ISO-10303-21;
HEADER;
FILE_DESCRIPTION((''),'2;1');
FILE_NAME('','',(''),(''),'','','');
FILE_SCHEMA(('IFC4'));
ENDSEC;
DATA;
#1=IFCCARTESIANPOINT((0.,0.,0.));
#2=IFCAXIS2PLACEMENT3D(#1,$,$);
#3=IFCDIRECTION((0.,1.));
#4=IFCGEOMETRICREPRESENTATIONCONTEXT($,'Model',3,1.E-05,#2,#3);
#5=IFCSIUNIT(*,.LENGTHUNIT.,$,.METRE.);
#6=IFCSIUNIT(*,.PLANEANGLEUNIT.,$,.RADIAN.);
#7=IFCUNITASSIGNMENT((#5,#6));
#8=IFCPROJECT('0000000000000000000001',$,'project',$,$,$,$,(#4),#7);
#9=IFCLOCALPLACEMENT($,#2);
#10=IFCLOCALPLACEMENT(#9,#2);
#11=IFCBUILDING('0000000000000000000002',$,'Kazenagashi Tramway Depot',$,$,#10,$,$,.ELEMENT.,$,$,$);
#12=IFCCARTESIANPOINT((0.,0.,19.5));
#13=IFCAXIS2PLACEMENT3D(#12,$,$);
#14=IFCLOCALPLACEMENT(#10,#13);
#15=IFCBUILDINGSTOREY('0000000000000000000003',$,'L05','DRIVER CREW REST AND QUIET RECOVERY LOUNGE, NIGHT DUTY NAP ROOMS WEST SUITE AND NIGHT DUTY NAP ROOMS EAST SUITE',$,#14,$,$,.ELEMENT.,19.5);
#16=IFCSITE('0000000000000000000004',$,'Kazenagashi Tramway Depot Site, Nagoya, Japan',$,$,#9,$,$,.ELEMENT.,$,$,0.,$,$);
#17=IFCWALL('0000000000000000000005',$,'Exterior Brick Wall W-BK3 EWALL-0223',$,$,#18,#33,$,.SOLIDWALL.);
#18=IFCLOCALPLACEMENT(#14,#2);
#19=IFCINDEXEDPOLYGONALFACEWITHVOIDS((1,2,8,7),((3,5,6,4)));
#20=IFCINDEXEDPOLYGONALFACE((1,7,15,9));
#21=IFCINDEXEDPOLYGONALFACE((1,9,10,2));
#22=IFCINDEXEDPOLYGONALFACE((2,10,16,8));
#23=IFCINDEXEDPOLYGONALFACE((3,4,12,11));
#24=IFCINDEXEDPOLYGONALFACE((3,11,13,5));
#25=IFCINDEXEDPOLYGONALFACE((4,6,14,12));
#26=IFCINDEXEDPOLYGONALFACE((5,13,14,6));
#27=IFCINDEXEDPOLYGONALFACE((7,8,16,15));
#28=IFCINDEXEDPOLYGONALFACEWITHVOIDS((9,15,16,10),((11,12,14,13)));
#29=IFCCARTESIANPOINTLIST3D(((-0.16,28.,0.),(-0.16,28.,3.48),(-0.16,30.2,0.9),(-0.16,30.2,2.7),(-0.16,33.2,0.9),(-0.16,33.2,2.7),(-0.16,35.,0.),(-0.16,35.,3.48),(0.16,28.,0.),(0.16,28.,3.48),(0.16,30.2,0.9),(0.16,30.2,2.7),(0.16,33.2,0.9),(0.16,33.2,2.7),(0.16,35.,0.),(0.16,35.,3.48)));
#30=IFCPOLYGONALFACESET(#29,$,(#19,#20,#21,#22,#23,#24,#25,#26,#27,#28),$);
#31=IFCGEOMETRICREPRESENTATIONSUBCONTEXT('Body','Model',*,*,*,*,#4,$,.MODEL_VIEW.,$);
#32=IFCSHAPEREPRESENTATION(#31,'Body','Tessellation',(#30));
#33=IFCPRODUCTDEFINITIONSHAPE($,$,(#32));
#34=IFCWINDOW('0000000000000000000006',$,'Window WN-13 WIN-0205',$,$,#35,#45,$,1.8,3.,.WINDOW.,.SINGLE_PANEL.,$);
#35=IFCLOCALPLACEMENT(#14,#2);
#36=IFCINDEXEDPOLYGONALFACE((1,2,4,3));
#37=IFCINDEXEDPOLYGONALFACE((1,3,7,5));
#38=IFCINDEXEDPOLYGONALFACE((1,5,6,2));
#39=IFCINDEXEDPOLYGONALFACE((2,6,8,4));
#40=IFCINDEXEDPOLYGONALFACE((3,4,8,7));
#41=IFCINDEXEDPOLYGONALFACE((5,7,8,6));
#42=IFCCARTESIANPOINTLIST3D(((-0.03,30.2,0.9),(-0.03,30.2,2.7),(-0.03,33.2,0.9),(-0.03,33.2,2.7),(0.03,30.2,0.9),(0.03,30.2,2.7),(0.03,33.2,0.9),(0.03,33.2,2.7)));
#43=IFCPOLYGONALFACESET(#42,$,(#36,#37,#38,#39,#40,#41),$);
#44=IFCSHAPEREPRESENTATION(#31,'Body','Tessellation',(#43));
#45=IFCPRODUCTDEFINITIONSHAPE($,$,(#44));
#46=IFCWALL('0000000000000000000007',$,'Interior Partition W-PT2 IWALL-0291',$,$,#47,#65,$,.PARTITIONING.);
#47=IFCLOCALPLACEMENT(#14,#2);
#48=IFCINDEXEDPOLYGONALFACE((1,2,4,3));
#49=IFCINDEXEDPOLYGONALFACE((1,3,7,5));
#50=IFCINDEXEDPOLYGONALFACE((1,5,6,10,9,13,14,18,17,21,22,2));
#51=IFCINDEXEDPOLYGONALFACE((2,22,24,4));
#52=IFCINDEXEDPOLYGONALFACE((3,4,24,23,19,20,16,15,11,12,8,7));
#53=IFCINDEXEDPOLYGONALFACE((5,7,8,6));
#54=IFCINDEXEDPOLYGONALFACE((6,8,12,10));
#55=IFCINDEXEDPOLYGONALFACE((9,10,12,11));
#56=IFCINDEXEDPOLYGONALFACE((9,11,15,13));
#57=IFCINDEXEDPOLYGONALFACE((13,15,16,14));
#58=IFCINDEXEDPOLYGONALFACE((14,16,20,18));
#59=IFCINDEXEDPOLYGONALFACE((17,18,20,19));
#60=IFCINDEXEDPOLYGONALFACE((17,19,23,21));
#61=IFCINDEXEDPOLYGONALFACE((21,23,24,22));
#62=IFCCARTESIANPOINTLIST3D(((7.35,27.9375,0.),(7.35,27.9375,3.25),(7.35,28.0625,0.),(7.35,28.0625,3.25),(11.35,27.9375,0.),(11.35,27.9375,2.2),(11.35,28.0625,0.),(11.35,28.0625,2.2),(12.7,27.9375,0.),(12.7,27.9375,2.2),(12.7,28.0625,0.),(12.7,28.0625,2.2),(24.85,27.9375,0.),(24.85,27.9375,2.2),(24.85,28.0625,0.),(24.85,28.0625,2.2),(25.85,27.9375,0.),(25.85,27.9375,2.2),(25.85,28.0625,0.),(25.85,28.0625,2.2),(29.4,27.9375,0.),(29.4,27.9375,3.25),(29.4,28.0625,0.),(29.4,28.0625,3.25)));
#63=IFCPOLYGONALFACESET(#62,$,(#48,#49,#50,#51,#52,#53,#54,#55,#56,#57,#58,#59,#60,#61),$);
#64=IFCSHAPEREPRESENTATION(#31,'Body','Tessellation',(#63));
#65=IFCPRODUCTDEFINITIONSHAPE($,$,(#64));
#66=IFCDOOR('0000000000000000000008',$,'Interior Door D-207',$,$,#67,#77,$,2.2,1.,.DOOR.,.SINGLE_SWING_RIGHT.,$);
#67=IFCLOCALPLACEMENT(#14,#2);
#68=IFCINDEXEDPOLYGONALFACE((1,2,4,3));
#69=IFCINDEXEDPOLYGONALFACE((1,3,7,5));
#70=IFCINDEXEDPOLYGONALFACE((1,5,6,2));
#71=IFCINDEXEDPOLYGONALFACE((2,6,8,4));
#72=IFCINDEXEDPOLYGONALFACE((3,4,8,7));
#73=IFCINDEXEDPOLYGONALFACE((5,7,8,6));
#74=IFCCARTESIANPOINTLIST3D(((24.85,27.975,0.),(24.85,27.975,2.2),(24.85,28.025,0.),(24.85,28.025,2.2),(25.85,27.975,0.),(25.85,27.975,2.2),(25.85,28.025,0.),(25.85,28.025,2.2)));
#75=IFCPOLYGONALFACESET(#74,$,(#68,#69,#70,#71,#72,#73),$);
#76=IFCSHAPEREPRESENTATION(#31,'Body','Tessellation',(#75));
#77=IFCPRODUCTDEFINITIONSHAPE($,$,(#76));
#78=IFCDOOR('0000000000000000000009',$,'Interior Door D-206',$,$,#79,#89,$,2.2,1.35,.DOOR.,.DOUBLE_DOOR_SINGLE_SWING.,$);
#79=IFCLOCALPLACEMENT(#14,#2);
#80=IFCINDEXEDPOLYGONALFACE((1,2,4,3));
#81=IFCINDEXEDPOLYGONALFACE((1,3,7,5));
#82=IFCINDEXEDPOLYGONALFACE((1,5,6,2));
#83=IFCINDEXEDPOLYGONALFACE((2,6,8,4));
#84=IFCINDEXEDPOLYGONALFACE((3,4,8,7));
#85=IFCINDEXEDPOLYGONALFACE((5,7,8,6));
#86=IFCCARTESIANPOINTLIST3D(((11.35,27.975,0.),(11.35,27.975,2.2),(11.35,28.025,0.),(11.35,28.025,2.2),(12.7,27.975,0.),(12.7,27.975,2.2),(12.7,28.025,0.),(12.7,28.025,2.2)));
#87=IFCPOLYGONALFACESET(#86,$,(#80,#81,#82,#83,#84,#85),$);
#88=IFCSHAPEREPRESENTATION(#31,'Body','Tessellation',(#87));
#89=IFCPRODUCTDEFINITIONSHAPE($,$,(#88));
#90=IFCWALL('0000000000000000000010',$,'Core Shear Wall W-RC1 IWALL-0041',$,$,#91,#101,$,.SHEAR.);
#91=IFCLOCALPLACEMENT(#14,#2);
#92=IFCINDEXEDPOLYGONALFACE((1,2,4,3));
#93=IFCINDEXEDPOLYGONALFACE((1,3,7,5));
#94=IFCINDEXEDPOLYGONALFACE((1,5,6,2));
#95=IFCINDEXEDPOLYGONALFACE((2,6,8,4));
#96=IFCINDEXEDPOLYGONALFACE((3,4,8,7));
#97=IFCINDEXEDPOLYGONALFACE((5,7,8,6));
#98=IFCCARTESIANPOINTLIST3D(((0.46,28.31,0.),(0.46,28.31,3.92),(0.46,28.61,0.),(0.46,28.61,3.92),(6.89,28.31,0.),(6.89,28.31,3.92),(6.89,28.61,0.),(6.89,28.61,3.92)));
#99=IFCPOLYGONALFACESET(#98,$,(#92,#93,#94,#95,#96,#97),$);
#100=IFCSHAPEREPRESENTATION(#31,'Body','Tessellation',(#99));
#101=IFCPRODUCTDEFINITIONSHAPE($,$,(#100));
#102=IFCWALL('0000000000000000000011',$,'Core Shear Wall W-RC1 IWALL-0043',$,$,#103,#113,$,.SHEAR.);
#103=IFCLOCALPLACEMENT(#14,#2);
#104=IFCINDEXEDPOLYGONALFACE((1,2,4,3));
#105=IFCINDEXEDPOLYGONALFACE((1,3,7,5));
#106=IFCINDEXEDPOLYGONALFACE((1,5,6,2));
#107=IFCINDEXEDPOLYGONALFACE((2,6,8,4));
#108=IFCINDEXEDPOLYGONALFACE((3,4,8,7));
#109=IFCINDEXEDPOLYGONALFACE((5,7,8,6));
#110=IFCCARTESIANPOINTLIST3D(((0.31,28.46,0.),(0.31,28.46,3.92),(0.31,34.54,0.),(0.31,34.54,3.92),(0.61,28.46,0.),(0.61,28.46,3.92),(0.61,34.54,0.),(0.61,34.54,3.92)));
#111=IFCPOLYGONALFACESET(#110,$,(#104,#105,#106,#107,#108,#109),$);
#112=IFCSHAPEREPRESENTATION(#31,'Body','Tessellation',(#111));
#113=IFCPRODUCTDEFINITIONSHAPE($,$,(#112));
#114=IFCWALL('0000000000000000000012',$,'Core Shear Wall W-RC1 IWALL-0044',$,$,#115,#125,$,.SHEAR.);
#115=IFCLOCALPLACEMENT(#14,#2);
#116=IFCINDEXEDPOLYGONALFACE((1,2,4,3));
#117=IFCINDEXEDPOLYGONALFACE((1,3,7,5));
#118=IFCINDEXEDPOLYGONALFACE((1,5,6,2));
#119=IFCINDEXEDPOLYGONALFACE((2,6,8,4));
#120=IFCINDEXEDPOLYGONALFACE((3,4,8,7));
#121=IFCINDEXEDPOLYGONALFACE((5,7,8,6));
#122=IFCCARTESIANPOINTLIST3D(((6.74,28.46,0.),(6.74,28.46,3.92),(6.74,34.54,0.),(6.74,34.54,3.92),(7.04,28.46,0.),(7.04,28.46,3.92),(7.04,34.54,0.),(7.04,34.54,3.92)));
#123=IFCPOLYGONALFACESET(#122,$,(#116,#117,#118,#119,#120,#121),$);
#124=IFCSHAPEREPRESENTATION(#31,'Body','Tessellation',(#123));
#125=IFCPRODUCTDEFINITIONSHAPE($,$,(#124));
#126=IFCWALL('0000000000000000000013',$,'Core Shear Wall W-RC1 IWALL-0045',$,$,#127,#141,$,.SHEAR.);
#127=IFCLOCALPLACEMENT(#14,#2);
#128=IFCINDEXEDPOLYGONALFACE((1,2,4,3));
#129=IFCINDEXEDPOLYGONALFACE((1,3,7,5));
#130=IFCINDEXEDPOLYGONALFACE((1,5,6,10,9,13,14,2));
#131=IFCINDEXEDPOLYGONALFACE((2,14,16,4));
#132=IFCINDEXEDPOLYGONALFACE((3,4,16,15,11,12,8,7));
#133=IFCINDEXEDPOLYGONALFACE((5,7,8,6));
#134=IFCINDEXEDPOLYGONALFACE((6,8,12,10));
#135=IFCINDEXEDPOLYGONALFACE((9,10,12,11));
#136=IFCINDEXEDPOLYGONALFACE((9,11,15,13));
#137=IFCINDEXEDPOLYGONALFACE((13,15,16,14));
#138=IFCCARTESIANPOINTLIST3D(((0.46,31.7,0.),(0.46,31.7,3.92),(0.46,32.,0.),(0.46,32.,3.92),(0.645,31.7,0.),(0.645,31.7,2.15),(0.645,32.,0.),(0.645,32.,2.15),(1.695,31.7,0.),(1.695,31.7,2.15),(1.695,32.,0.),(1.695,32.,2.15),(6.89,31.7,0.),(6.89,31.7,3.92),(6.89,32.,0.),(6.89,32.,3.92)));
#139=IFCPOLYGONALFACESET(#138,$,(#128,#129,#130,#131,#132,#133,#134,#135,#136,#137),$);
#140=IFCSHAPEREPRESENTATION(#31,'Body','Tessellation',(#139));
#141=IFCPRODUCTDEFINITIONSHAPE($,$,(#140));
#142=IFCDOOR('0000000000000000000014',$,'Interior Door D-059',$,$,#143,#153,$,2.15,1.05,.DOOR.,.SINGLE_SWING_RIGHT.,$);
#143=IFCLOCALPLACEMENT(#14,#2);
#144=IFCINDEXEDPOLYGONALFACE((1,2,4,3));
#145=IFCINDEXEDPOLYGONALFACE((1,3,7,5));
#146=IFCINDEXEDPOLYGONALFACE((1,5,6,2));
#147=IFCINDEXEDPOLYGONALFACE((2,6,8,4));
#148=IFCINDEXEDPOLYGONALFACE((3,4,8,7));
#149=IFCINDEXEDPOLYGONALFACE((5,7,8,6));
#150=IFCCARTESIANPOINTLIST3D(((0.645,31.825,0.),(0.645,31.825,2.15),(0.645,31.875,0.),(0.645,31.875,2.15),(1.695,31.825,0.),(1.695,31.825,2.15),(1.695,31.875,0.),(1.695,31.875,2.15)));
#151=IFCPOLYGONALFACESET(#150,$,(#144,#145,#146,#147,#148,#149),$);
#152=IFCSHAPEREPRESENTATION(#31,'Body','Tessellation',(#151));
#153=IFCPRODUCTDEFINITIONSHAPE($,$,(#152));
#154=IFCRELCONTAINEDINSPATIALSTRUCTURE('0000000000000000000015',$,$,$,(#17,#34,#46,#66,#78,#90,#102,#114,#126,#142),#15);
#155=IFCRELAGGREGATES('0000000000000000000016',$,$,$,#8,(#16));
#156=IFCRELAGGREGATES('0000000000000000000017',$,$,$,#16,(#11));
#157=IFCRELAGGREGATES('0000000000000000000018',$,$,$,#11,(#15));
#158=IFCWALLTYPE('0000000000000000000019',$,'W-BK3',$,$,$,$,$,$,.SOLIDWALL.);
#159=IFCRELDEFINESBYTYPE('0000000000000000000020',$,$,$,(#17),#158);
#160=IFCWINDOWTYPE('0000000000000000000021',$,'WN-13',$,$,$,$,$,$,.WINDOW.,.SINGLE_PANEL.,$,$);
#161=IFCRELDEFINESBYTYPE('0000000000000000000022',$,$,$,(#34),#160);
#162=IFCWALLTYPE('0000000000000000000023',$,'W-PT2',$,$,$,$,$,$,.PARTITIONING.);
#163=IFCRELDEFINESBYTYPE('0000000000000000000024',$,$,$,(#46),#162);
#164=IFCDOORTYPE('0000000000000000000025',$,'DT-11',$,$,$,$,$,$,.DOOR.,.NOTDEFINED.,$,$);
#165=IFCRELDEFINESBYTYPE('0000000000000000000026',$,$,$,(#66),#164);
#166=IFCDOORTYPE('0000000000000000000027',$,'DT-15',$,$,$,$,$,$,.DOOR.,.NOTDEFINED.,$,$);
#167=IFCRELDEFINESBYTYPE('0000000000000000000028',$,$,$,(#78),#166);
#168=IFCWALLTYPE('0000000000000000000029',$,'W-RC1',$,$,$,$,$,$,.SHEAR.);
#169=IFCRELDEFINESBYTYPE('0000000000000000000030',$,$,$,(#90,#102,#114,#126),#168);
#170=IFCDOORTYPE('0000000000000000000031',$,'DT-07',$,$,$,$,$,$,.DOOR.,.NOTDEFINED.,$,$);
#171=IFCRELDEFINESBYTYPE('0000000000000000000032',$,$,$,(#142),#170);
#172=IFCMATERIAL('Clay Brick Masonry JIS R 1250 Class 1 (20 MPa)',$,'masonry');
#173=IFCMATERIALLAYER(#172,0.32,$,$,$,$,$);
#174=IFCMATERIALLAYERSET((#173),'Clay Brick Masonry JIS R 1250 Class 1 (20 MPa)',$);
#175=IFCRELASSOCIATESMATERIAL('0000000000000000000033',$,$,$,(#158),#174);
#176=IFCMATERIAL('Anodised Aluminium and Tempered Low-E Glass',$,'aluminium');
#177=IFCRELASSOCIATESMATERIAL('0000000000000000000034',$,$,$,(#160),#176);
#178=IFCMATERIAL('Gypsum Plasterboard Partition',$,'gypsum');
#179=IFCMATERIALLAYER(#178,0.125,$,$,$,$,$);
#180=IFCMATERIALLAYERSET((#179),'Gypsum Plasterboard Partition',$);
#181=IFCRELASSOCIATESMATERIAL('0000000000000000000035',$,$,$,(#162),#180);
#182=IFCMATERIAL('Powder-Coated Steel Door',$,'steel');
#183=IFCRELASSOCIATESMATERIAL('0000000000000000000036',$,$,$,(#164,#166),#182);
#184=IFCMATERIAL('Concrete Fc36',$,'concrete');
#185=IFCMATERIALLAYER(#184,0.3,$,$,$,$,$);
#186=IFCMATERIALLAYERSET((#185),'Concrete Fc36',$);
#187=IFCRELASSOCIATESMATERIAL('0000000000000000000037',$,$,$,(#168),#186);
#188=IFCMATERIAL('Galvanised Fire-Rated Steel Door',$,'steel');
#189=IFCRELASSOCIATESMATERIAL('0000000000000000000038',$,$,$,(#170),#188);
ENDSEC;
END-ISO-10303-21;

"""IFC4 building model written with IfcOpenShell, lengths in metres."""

from ifc_helpers import new_model, si_unit, direction, frame, frame_2d, origin, place, context, subcontext, project, spatial, rectangle, extrude, material, layer, layer_set, type_object, element, fill, save


model = new_model("IFC4")

# Units and contexts
model_context = context("Model", 3, precision=1e-05, world=origin(), true_north=direction((0.0, 1.0)))
body_context = subcontext(model_context, "Body", "Model", "MODEL_VIEW")
ifc_project = project(units=[si_unit("LENGTHUNIT", "METRE"), si_unit("PLANEANGLEUNIT", "RADIAN")], contexts=[model_context])

# Site, building, storey
site_placement = place(None, origin())
site = spatial("IfcSite", under=ifc_project, at=site_placement, Name="Kazenagashi Tramway Depot Site, Nagoya, Japan", CompositionType="ELEMENT", RefElevation=0.0)
building_placement = place(site_placement, origin())
building = spatial("IfcBuilding", under=site, at=building_placement, Name="Kazenagashi Tramway Depot", CompositionType="ELEMENT")
storey_placement = place(building_placement, frame((0.0, 0.0, 19.5)))
storey = spatial("IfcBuildingStorey", under=building, at=storey_placement, Name="L05", Description="DRIVER CREW REST AND QUIET RECOVERY LOUNGE, NIGHT DUTY NAP ROOMS WEST SUITE AND NIGHT DUTY NAP ROOMS EAST SUITE", CompositionType="ELEMENT", Elevation=19.5)

# Wall, opening, window
ifc_material_1 = material(Name="Clay Brick Masonry JIS R 1250 Class 1 (20 MPa)", Category="masonry")
ifc_layer_1 = layer(ifc_material_1, 0.32)
ifc_layer_set_1 = layer_set([ifc_layer_1], Name="Clay Brick Masonry JIS R 1250 Class 1 (20 MPa)")
wall_type_1 = type_object("IfcWallType", Name="W-BK3", PredefinedType="SOLIDWALL", material=ifc_layer_set_1)
ifc_material_2 = material(Name="Anodised Aluminium and Tempered Low-E Glass", Category="aluminium")
wall_1_placement = place(storey_placement, frame((0.0, 28.0, 0.0), z_axis=(0.0, 0.0, 1.0), x_axis=(0.0, 1.0, 0.0)))
wall_1 = element("IfcWall", 1, at=wall_1_placement, inside=storey, type_object=wall_type_1, Name="Exterior Brick Wall W-BK3 EWALL-0223", PredefinedType="SOLIDWALL", context=body_context, shape_type="SweptSolid", body=[
    extrude(rectangle(XDim=7.0, YDim=0.32, at=frame_2d((3.5, 0.0))), origin(), (0.0, 0.0, 1.0), 3.48),
])
opening_1_placement = place(wall_1_placement, frame((2.2, 0.0, 0.9)))
opening_1 = element("IfcOpeningElement", 2, at=opening_1_placement, cuts=wall_1, PredefinedType="OPENING", context=body_context, shape_type="SweptSolid", body=[
    extrude(rectangle(XDim=3.0, YDim=1.8, at=frame_2d((1.5, 0.9))), frame((0.0, 0.17, 0.0), z_axis=(0.0, -1.0, 0.0), x_axis=(1.0, 0.0, 0.0)), (0.0, 0.0, 1.0), 0.34),
])
window_type_1 = type_object("IfcWindowType", Name="WN-13", PartitioningType="SINGLE_PANEL", PredefinedType="WINDOW", material=ifc_material_2)
window_1_placement = place(opening_1_placement, origin())
window_1 = element("IfcWindow", 3, at=window_1_placement, inside=storey, type_object=window_type_1, Name="Window WN-13 WIN-0205", OverallHeight=1.8, OverallWidth=3.0, PartitioningType="SINGLE_PANEL", PredefinedType="WINDOW", context=body_context, shape_type="SweptSolid", body=[
    extrude(rectangle(XDim=3.0, YDim=1.8, at=frame_2d((1.5, 0.9))), frame((0.0, 0.03, 0.0), z_axis=(0.0, -1.0, 0.0), x_axis=(1.0, 0.0, 0.0)), (0.0, 0.0, 1.0), 0.06),
])
fill(opening_1, window_1)

# Wall, openings, doors
ifc_material_3 = material(Name="Gypsum Plasterboard Partition", Category="gypsum")
ifc_layer_2 = layer(ifc_material_3, 0.125)
ifc_layer_set_2 = layer_set([ifc_layer_2], Name="Gypsum Plasterboard Partition")
wall_type_2 = type_object("IfcWallType", Name="W-PT2", PredefinedType="PARTITIONING", material=ifc_layer_set_2)
wall_2_placement = place(storey_placement, frame((7.35, 28.0, 0.0), z_axis=(0.0, 0.0, 1.0), x_axis=(1.0, 0.0, 0.0)))
wall_2 = element("IfcWall", 4, at=wall_2_placement, inside=storey, type_object=wall_type_2, Name="Interior Partition W-PT2 IWALL-0291", PredefinedType="PARTITIONING", context=body_context, shape_type="SweptSolid", body=[
    extrude(rectangle(XDim=22.05, YDim=0.125, at=frame_2d((11.025, 0.0))), origin(), (0.0, 0.0, 1.0), 3.25),
])
opening_2_placement = place(wall_2_placement, frame((4.0, 0.0, 0.0)))
opening_2 = element("IfcOpeningElement", 5, at=opening_2_placement, cuts=wall_2, PredefinedType="OPENING", context=body_context, shape_type="SweptSolid", body=[
    extrude(rectangle(XDim=1.35, YDim=2.2, at=frame_2d((0.675, 1.1))), frame((0.0, 0.0725, 0.0), z_axis=(0.0, -1.0, 0.0), x_axis=(1.0, 0.0, 0.0)), (0.0, 0.0, 1.0), 0.145),
])
opening_3_placement = place(wall_2_placement, frame((17.5, 0.0, 0.0)))
opening_3 = element("IfcOpeningElement", 6, at=opening_3_placement, cuts=wall_2, PredefinedType="OPENING", context=body_context, shape_type="SweptSolid", body=[
    extrude(rectangle(XDim=1.0, YDim=2.2, at=frame_2d((0.5, 1.1))), frame((0.0, 0.0725, 0.0), z_axis=(0.0, -1.0, 0.0), x_axis=(1.0, 0.0, 0.0)), (0.0, 0.0, 1.0), 0.145),
])
ifc_material_4 = material(Name="Powder-Coated Steel Door", Category="steel")
door_type_1 = type_object("IfcDoorType", Name="DT-11", OperationType="NOTDEFINED", PredefinedType="DOOR", material=ifc_material_4)
door_1_placement = place(opening_3_placement, origin())
door_1 = element("IfcDoor", 7, at=door_1_placement, inside=storey, type_object=door_type_1, Name="Interior Door D-207", OperationType="SINGLE_SWING_RIGHT", OverallHeight=2.2, OverallWidth=1.0, PredefinedType="DOOR", context=body_context, shape_type="SweptSolid", body=[
    extrude(rectangle(XDim=1.0, YDim=2.2, at=frame_2d((0.5, 1.1))), frame((0.0, 0.025, 0.0), z_axis=(0.0, -1.0, 0.0), x_axis=(1.0, 0.0, 0.0)), (0.0, 0.0, 1.0), 0.05),
])
fill(opening_3, door_1)
door_type_2 = type_object("IfcDoorType", Name="DT-15", OperationType="NOTDEFINED", PredefinedType="DOOR", material=ifc_material_4)
door_2_placement = place(opening_2_placement, origin())
door_2 = element("IfcDoor", 8, at=door_2_placement, inside=storey, type_object=door_type_2, Name="Interior Door D-206", OperationType="DOUBLE_DOOR_SINGLE_SWING", OverallHeight=2.2, OverallWidth=1.35, PredefinedType="DOOR", context=body_context, shape_type="SweptSolid", body=[
    extrude(rectangle(XDim=1.35, YDim=2.2, at=frame_2d((0.675, 1.1))), frame((0.0, 0.025, 0.0), z_axis=(0.0, -1.0, 0.0), x_axis=(1.0, 0.0, 0.0)), (0.0, 0.0, 1.0), 0.05),
])
fill(opening_2, door_2)

# Walls
ifc_material_5 = material(Name="Concrete Fc36", Category="concrete")
ifc_layer_3 = layer(ifc_material_5, 0.3)
ifc_layer_set_3 = layer_set([ifc_layer_3], Name="Concrete Fc36")
wall_type_3 = type_object("IfcWallType", Name="W-RC1", PredefinedType="SHEAR", material=ifc_layer_set_3)
wall_3_placement = place(storey_placement, frame((0.46, 28.46, 0.0), z_axis=(0.0, 0.0, 1.0), x_axis=(1.0, 0.0, 0.0)))
element("IfcWall", 9, at=wall_3_placement, inside=storey, type_object=wall_type_3, Name="Core Shear Wall W-RC1 IWALL-0041", PredefinedType="SHEAR", context=body_context, shape_type="SweptSolid", body=[
    extrude(rectangle(XDim=6.43, YDim=0.3, at=frame_2d((3.215, 0.0))), origin(), (0.0, 0.0, 1.0), 3.92),
])
for number, where, z_axis, x_axis, name in (
    (10, (0.46, 28.46, 0.0), (0.0, 0.0, 1.0), (0.0, 1.0, 0.0), "Core Shear Wall W-RC1 IWALL-0043"),
    (11, (6.89, 28.46, 0.0), (0.0, 0.0, 1.0), (0.0, 1.0, 0.0), "Core Shear Wall W-RC1 IWALL-0044"),
):
    element("IfcWall", number, at=place(storey_placement, frame(where, z_axis=z_axis, x_axis=x_axis)), inside=storey, type_object=wall_type_3, Name=name, PredefinedType="SHEAR", context=body_context, shape_type="SweptSolid", body=[
        extrude(rectangle(XDim=6.08, YDim=0.3, at=frame_2d((3.04, 0.0))), origin(), (0.0, 0.0, 1.0), 3.92),
    ])

# Wall, opening, door
wall_4_placement = place(storey_placement, frame((0.46, 31.85, 0.0), z_axis=(0.0, 0.0, 1.0), x_axis=(1.0, 0.0, 0.0)))
wall_4 = element("IfcWall", 12, at=wall_4_placement, inside=storey, type_object=wall_type_3, Name="Core Shear Wall W-RC1 IWALL-0045", PredefinedType="SHEAR", context=body_context, shape_type="SweptSolid", body=[
    extrude(rectangle(XDim=6.43, YDim=0.3, at=frame_2d((3.215, 0.0))), origin(), (0.0, 0.0, 1.0), 3.92),
])
opening_4_placement = place(wall_4_placement, frame((0.185, 0.0, 0.0)))
opening_4 = element("IfcOpeningElement", 13, at=opening_4_placement, cuts=wall_4, PredefinedType="OPENING", context=body_context, shape_type="SweptSolid", body=[
    extrude(rectangle(XDim=1.05, YDim=2.15, at=frame_2d((0.525, 1.075))), frame((0.0, 0.16, 0.0), z_axis=(0.0, -1.0, 0.0), x_axis=(1.0, 0.0, 0.0)), (0.0, 0.0, 1.0), 0.32),
])
ifc_material_6 = material(Name="Galvanised Fire-Rated Steel Door", Category="steel")
door_type_3 = type_object("IfcDoorType", Name="DT-07", OperationType="NOTDEFINED", PredefinedType="DOOR", material=ifc_material_6)
door_3_placement = place(opening_4_placement, origin())
door_3 = element("IfcDoor", 14, at=door_3_placement, inside=storey, type_object=door_type_3, Name="Interior Door D-059", OperationType="SINGLE_SWING_RIGHT", OverallHeight=2.15, OverallWidth=1.05, PredefinedType="DOOR", context=body_context, shape_type="SweptSolid", body=[
    extrude(rectangle(XDim=1.05, YDim=2.15, at=frame_2d((0.525, 1.075))), frame((0.0, 0.025, 0.0), z_axis=(0.0, -1.0, 0.0), x_axis=(1.0, 0.0, 0.0)), (0.0, 0.0, 1.0), 0.05),
])
fill(opening_4, door_3)

save(model, "model.ifc")
